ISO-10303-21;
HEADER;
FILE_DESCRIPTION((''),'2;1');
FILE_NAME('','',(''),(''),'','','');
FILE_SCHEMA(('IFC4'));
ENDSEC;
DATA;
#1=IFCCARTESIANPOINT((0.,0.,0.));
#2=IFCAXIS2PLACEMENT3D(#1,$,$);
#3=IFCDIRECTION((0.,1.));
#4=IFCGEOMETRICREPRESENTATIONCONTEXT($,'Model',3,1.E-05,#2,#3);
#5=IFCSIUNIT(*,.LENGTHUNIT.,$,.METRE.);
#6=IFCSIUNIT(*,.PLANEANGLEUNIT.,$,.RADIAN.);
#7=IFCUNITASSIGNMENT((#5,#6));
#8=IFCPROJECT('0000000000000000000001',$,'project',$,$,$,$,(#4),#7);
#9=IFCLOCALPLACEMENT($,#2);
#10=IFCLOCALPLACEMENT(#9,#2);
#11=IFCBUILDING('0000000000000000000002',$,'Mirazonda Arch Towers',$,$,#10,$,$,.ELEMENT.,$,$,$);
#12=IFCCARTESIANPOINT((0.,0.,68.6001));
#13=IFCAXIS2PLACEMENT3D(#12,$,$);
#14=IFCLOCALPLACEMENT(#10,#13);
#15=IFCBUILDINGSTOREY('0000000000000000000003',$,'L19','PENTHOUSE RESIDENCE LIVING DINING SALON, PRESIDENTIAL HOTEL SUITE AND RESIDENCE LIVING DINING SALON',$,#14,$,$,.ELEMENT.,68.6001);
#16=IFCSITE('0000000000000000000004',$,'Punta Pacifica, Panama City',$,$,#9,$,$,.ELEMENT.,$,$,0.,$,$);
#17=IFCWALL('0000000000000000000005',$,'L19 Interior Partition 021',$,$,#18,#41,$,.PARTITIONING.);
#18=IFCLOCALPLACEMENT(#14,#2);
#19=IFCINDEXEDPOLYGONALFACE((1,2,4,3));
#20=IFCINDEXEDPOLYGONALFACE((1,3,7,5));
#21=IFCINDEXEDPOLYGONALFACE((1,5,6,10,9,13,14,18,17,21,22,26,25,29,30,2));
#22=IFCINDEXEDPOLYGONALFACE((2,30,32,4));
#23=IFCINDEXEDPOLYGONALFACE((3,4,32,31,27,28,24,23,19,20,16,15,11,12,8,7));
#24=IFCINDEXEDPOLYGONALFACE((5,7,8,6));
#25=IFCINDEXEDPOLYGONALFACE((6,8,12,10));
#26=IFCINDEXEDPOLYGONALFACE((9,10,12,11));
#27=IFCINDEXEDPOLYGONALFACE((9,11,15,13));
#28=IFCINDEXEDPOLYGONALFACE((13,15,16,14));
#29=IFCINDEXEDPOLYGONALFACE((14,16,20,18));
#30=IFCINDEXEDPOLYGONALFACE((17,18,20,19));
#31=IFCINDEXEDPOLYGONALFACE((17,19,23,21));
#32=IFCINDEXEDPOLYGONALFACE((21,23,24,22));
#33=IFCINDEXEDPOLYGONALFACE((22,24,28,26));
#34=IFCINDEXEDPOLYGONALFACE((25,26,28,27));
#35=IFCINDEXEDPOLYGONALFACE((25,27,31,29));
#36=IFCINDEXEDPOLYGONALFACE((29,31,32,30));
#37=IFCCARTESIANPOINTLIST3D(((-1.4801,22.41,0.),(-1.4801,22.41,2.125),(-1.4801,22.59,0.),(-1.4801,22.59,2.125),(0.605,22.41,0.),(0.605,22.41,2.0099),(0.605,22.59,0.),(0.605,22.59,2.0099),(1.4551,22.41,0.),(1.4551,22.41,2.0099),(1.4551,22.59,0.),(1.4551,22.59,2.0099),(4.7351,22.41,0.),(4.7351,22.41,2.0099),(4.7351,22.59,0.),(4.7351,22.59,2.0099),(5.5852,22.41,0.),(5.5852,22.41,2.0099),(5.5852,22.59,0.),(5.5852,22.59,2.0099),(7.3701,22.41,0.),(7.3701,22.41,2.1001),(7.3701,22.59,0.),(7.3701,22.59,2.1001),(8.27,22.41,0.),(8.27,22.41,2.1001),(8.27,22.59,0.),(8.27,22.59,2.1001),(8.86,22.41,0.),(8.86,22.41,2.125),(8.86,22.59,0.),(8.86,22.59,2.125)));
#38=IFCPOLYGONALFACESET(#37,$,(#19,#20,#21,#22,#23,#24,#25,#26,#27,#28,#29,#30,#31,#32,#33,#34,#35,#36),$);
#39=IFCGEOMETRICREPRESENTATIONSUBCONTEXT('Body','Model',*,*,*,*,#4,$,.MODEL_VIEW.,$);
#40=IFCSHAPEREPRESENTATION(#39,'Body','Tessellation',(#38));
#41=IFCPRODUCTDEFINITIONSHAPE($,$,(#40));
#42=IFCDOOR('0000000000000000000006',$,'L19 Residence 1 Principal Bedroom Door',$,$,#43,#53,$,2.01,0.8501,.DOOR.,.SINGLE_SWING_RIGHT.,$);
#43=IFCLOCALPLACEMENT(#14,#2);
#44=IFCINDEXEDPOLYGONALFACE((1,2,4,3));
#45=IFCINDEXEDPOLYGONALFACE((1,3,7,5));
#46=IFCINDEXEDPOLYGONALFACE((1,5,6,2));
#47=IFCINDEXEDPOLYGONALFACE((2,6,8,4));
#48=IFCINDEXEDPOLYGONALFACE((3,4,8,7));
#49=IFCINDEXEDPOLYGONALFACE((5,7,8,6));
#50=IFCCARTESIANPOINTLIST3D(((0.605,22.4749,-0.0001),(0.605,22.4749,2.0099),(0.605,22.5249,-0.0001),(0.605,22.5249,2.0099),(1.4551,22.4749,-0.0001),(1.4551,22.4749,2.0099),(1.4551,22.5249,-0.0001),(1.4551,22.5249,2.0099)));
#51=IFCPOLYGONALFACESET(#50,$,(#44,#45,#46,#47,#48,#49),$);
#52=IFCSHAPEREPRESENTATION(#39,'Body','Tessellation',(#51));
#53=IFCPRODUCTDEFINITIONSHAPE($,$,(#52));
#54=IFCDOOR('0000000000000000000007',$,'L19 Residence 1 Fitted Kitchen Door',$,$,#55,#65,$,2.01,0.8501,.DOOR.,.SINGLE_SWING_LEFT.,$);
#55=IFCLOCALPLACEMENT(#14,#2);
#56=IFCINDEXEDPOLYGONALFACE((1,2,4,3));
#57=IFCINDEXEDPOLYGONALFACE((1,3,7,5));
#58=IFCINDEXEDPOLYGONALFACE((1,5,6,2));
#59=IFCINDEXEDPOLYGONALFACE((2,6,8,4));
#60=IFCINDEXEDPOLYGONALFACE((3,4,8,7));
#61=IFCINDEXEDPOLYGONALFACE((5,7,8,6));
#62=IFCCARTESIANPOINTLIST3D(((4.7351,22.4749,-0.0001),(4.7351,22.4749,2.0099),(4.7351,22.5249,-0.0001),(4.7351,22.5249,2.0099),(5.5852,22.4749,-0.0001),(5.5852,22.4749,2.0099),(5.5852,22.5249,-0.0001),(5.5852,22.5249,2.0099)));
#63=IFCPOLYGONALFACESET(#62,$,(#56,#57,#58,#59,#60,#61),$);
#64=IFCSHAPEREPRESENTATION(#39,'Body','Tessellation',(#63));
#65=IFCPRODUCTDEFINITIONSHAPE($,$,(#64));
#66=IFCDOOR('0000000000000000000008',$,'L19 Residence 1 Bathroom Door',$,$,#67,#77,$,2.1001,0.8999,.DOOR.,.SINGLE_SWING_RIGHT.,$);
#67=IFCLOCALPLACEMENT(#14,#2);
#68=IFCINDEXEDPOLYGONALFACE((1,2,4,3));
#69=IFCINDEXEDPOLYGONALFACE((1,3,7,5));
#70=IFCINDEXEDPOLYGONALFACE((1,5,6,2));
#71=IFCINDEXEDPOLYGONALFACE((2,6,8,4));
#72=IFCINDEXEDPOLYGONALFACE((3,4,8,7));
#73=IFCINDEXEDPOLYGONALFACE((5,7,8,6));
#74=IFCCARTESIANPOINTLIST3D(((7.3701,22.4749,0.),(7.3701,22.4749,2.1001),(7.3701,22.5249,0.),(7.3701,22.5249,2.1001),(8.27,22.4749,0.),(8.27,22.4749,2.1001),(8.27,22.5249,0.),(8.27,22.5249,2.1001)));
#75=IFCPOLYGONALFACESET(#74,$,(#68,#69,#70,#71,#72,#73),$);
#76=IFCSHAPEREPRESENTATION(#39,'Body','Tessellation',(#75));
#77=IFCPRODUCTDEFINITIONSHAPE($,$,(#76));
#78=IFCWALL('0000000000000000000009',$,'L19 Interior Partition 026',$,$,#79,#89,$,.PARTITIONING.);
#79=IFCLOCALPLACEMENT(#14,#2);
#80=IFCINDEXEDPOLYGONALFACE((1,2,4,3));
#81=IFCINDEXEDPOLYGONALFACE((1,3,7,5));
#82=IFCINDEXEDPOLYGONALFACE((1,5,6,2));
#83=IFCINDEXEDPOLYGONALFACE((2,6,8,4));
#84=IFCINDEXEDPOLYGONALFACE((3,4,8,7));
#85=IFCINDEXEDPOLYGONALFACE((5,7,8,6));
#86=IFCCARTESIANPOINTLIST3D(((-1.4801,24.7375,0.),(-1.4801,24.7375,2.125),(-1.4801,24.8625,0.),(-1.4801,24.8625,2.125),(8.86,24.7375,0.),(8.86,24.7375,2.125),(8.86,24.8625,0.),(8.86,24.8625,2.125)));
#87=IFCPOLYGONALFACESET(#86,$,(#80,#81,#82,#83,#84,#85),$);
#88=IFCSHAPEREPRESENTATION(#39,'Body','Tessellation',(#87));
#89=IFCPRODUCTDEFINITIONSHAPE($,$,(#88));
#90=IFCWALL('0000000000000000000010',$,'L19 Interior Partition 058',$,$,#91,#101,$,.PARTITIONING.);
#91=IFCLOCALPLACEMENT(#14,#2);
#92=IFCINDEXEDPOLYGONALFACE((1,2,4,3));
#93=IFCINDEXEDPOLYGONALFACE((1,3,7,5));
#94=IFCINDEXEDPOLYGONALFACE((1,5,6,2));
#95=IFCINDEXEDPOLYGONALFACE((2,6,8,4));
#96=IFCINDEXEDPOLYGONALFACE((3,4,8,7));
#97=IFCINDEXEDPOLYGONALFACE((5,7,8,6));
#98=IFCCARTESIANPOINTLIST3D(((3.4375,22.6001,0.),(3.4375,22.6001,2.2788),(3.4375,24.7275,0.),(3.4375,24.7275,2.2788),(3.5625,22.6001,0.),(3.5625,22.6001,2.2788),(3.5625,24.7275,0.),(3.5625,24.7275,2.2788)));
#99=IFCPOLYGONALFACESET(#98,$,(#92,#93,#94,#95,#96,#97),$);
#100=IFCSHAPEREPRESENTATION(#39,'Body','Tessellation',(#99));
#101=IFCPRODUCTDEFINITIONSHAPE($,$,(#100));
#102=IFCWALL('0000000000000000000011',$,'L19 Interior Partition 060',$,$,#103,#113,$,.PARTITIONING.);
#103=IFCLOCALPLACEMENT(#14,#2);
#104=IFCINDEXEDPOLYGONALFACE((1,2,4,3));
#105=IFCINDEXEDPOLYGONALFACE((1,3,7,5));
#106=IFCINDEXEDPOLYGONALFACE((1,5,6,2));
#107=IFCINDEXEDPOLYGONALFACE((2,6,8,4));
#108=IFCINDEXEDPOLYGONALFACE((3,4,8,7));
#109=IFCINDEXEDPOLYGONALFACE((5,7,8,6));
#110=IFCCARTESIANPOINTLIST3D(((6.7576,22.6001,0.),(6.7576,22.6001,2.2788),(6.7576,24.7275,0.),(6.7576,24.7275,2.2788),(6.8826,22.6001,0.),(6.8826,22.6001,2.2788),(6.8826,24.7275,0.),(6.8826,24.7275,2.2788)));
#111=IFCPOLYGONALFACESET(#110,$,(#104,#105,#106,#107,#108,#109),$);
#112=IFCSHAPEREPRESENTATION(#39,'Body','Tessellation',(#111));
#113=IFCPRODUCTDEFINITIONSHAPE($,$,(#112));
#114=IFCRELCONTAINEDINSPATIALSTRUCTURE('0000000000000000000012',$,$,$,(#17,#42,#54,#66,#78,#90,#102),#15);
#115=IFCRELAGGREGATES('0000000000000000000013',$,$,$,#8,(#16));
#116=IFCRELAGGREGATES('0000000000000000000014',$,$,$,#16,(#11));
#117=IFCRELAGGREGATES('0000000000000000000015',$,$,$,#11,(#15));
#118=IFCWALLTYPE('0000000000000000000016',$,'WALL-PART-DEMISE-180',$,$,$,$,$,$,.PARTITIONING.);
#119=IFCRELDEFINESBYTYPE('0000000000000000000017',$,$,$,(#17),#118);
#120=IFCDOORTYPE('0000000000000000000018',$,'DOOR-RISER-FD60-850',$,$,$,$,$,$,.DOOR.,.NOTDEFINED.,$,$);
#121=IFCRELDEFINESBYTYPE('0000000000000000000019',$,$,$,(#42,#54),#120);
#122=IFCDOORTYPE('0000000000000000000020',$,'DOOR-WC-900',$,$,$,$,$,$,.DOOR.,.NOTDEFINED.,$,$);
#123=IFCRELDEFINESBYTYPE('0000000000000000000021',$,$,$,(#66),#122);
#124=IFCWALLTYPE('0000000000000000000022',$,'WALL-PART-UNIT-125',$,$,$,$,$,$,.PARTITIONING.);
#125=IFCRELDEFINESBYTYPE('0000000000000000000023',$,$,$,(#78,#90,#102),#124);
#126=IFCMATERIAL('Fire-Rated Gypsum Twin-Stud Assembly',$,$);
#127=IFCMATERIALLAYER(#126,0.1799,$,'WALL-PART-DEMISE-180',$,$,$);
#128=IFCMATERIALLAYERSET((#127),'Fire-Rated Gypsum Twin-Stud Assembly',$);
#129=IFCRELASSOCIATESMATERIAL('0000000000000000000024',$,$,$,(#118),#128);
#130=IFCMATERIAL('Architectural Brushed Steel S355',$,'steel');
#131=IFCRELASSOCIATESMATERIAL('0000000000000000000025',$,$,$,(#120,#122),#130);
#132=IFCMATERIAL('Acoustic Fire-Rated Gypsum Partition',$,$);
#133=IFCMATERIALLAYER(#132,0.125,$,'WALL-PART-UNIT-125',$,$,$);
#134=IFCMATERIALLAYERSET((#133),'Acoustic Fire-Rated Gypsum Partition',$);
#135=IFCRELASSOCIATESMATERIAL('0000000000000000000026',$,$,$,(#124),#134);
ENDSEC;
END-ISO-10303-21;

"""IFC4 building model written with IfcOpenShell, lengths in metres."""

from ifc_helpers import new_model, si_unit, direction, frame, frame_2d, origin, place, context, subcontext, project, spatial, rectangle, extrude, material, layer, layer_set, type_object, element, fill, save


model = new_model("IFC4")

# Units and contexts
model_context = context("Model", 3, precision=1e-05, world=origin(), true_north=direction((0.0, 1.0)))
body_context = subcontext(model_context, "Body", "Model", "MODEL_VIEW")
ifc_project = project(units=[si_unit("LENGTHUNIT", "METRE"), si_unit("PLANEANGLEUNIT", "RADIAN")], contexts=[model_context])

# Site, building, storey
site_placement = place(None, origin())
site = spatial("IfcSite", under=ifc_project, at=site_placement, Name="Punta Pacifica, Panama City", CompositionType="ELEMENT", RefElevation=0.0)
building_placement = place(site_placement, origin())
building = spatial("IfcBuilding", under=site, at=building_placement, Name="Mirazonda Arch Towers", CompositionType="ELEMENT")
storey_placement = place(building_placement, frame((0.0, 0.0, 68.6001)))
storey = spatial("IfcBuildingStorey", under=building, at=storey_placement, Name="L19", Description="PENTHOUSE RESIDENCE LIVING DINING SALON, PRESIDENTIAL HOTEL SUITE AND RESIDENCE LIVING DINING SALON", CompositionType="ELEMENT", Elevation=68.6001)

# Wall, openings, doors
ifc_material_1 = material(Name="Fire-Rated Gypsum Twin-Stud Assembly")
ifc_layer_1 = layer(ifc_material_1, 0.1799, Name="WALL-PART-DEMISE-180")
ifc_layer_set_1 = layer_set([ifc_layer_1], Name="Fire-Rated Gypsum Twin-Stud Assembly")
wall_type_1 = type_object("IfcWallType", Name="WALL-PART-DEMISE-180", PredefinedType="PARTITIONING", material=ifc_layer_set_1)
wall_1_placement = place(storey_placement, frame((-1.48, 22.5, 0.0), z_axis=(0.0, 0.0, 1.0), x_axis=(1.0, 0.0, 0.0)))
wall_1 = element("IfcWall", 1, at=wall_1_placement, inside=storey, type_object=wall_type_1, Name="L19 Interior Partition 021", PredefinedType="PARTITIONING", context=body_context, shape_type="SweptSolid", body=[
    extrude(rectangle(XDim=10.3401, YDim=0.1799, at=frame_2d((5.1699, 0.0))), origin(), (0.0, 0.0, 1.0), 2.125),
])
opening_1_placement = place(wall_1_placement, frame((2.085, 0.0, 0.0)))
opening_1 = element("IfcOpeningElement", 2, at=opening_1_placement, cuts=wall_1, PredefinedType="OPENING", context=body_context, shape_type="SweptSolid", body=[
    extrude(rectangle(XDim=0.8501, YDim=2.01, at=frame_2d((0.425, 1.0049))), frame((0.0, 0.0999, 0.0), z_axis=(0.0, -1.0, 0.0), x_axis=(1.0, 0.0, 0.0)), (0.0, 0.0, 1.0), 0.2),
])
opening_2_placement = place(wall_1_placement, frame((6.2151, 0.0, 0.0)))
opening_2 = element("IfcOpeningElement", 3, at=opening_2_placement, cuts=wall_1, PredefinedType="OPENING", context=body_context, shape_type="SweptSolid", body=[
    extrude(rectangle(XDim=0.8501, YDim=2.01, at=frame_2d((0.425, 1.0049))), frame((0.0, 0.0999, 0.0), z_axis=(0.0, -1.0, 0.0), x_axis=(1.0, 0.0, 0.0)), (0.0, 0.0, 1.0), 0.2),
])
opening_3_placement = place(wall_1_placement, frame((8.8501, 0.0, 0.0)))
opening_3 = element("IfcOpeningElement", 4, at=opening_3_placement, cuts=wall_1, PredefinedType="OPENING", context=body_context, shape_type="SweptSolid", body=[
    extrude(rectangle(XDim=0.8999, YDim=2.1001, at=frame_2d((0.45, 1.05))), frame((0.0, 0.0999, 0.0), z_axis=(0.0, -1.0, 0.0), x_axis=(1.0, 0.0, 0.0)), (0.0, 0.0, 1.0), 0.2),
])
ifc_material_2 = material(Name="Architectural Brushed Steel S355", Category="steel")
door_type_1 = type_object("IfcDoorType", Name="DOOR-RISER-FD60-850", OperationType="NOTDEFINED", PredefinedType="DOOR", material=ifc_material_2)
door_1_placement = place(opening_1_placement, origin())
door_1 = element("IfcDoor", 5, at=door_1_placement, inside=storey, type_object=door_type_1, Name="L19 Residence 1 Principal Bedroom Door", OperationType="SINGLE_SWING_RIGHT", OverallHeight=2.01, OverallWidth=0.8501, PredefinedType="DOOR", context=body_context, shape_type="SweptSolid", body=[
    extrude(rectangle(XDim=0.8501, YDim=2.01, at=frame_2d((0.425, 1.0049))), frame((0.0, 0.0249, 0.0), z_axis=(0.0, -1.0, 0.0), x_axis=(1.0, 0.0, 0.0)), (0.0, 0.0, 1.0), 0.05),
])
fill(opening_1, door_1)
door_2_placement = place(opening_2_placement, origin())
door_2 = element("IfcDoor", 6, at=door_2_placement, inside=storey, type_object=door_type_1, Name="L19 Residence 1 Fitted Kitchen Door", OperationType="SINGLE_SWING_LEFT", OverallHeight=2.01, OverallWidth=0.8501, PredefinedType="DOOR", context=body_context, shape_type="SweptSolid", body=[
    extrude(rectangle(XDim=0.8501, YDim=2.01, at=frame_2d((0.425, 1.0049))), frame((0.0, 0.0249, 0.0), z_axis=(0.0, -1.0, 0.0), x_axis=(1.0, 0.0, 0.0)), (0.0, 0.0, 1.0), 0.05),
])
fill(opening_2, door_2)
door_type_2 = type_object("IfcDoorType", Name="DOOR-WC-900", OperationType="NOTDEFINED", PredefinedType="DOOR", material=ifc_material_2)
door_3_placement = place(opening_3_placement, origin())
door_3 = element("IfcDoor", 7, at=door_3_placement, inside=storey, type_object=door_type_2, Name="L19 Residence 1 Bathroom Door", OperationType="SINGLE_SWING_RIGHT", OverallHeight=2.1001, OverallWidth=0.8999, PredefinedType="DOOR", context=body_context, shape_type="SweptSolid", body=[
    extrude(rectangle(XDim=0.8999, YDim=2.1001, at=frame_2d((0.45, 1.05))), frame((0.0, 0.0249, 0.0), z_axis=(0.0, -1.0, 0.0), x_axis=(1.0, 0.0, 0.0)), (0.0, 0.0, 1.0), 0.05),
])
fill(opening_3, door_3)

# Walls
ifc_material_3 = material(Name="Acoustic Fire-Rated Gypsum Partition")
ifc_layer_2 = layer(ifc_material_3, 0.125, Name="WALL-PART-UNIT-125")
ifc_layer_set_2 = layer_set([ifc_layer_2], Name="Acoustic Fire-Rated Gypsum Partition")
wall_type_2 = type_object("IfcWallType", Name="WALL-PART-UNIT-125", PredefinedType="PARTITIONING", material=ifc_layer_set_2)
wall_2_placement = place(storey_placement, frame((-1.48, 24.8, 0.0), z_axis=(0.0, 0.0, 1.0), x_axis=(1.0, 0.0, 0.0)))
element("IfcWall", 8, at=wall_2_placement, inside=storey, type_object=wall_type_2, Name="L19 Interior Partition 026", PredefinedType="PARTITIONING", context=body_context, shape_type="SweptSolid", body=[
    extrude(rectangle(XDim=10.3401, YDim=0.125, at=frame_2d((5.1699, 0.0))), origin(), (0.0, 0.0, 1.0), 2.125),
])
for number, where, z_axis, x_axis, name in (
    (9, (3.5, 22.6001, 0.0), (0.0, 0.0, 1.0), (0.0, 1.0, 0.0), "L19 Interior Partition 058"),
    (10, (6.8201, 22.6001, 0.0), (0.0, 0.0, 1.0), (0.0, 1.0, 0.0), "L19 Interior Partition 060"),
):
    element("IfcWall", number, at=place(storey_placement, frame(where, z_axis=z_axis, x_axis=x_axis)), inside=storey, type_object=wall_type_2, Name=name, PredefinedType="PARTITIONING", context=body_context, shape_type="SweptSolid", body=[
        extrude(rectangle(XDim=2.1274, YDim=0.125, at=frame_2d((1.0637, 0.0))), origin(), (0.0, 0.0, 1.0), 2.2788),
    ])

save(model, "model.ifc")
